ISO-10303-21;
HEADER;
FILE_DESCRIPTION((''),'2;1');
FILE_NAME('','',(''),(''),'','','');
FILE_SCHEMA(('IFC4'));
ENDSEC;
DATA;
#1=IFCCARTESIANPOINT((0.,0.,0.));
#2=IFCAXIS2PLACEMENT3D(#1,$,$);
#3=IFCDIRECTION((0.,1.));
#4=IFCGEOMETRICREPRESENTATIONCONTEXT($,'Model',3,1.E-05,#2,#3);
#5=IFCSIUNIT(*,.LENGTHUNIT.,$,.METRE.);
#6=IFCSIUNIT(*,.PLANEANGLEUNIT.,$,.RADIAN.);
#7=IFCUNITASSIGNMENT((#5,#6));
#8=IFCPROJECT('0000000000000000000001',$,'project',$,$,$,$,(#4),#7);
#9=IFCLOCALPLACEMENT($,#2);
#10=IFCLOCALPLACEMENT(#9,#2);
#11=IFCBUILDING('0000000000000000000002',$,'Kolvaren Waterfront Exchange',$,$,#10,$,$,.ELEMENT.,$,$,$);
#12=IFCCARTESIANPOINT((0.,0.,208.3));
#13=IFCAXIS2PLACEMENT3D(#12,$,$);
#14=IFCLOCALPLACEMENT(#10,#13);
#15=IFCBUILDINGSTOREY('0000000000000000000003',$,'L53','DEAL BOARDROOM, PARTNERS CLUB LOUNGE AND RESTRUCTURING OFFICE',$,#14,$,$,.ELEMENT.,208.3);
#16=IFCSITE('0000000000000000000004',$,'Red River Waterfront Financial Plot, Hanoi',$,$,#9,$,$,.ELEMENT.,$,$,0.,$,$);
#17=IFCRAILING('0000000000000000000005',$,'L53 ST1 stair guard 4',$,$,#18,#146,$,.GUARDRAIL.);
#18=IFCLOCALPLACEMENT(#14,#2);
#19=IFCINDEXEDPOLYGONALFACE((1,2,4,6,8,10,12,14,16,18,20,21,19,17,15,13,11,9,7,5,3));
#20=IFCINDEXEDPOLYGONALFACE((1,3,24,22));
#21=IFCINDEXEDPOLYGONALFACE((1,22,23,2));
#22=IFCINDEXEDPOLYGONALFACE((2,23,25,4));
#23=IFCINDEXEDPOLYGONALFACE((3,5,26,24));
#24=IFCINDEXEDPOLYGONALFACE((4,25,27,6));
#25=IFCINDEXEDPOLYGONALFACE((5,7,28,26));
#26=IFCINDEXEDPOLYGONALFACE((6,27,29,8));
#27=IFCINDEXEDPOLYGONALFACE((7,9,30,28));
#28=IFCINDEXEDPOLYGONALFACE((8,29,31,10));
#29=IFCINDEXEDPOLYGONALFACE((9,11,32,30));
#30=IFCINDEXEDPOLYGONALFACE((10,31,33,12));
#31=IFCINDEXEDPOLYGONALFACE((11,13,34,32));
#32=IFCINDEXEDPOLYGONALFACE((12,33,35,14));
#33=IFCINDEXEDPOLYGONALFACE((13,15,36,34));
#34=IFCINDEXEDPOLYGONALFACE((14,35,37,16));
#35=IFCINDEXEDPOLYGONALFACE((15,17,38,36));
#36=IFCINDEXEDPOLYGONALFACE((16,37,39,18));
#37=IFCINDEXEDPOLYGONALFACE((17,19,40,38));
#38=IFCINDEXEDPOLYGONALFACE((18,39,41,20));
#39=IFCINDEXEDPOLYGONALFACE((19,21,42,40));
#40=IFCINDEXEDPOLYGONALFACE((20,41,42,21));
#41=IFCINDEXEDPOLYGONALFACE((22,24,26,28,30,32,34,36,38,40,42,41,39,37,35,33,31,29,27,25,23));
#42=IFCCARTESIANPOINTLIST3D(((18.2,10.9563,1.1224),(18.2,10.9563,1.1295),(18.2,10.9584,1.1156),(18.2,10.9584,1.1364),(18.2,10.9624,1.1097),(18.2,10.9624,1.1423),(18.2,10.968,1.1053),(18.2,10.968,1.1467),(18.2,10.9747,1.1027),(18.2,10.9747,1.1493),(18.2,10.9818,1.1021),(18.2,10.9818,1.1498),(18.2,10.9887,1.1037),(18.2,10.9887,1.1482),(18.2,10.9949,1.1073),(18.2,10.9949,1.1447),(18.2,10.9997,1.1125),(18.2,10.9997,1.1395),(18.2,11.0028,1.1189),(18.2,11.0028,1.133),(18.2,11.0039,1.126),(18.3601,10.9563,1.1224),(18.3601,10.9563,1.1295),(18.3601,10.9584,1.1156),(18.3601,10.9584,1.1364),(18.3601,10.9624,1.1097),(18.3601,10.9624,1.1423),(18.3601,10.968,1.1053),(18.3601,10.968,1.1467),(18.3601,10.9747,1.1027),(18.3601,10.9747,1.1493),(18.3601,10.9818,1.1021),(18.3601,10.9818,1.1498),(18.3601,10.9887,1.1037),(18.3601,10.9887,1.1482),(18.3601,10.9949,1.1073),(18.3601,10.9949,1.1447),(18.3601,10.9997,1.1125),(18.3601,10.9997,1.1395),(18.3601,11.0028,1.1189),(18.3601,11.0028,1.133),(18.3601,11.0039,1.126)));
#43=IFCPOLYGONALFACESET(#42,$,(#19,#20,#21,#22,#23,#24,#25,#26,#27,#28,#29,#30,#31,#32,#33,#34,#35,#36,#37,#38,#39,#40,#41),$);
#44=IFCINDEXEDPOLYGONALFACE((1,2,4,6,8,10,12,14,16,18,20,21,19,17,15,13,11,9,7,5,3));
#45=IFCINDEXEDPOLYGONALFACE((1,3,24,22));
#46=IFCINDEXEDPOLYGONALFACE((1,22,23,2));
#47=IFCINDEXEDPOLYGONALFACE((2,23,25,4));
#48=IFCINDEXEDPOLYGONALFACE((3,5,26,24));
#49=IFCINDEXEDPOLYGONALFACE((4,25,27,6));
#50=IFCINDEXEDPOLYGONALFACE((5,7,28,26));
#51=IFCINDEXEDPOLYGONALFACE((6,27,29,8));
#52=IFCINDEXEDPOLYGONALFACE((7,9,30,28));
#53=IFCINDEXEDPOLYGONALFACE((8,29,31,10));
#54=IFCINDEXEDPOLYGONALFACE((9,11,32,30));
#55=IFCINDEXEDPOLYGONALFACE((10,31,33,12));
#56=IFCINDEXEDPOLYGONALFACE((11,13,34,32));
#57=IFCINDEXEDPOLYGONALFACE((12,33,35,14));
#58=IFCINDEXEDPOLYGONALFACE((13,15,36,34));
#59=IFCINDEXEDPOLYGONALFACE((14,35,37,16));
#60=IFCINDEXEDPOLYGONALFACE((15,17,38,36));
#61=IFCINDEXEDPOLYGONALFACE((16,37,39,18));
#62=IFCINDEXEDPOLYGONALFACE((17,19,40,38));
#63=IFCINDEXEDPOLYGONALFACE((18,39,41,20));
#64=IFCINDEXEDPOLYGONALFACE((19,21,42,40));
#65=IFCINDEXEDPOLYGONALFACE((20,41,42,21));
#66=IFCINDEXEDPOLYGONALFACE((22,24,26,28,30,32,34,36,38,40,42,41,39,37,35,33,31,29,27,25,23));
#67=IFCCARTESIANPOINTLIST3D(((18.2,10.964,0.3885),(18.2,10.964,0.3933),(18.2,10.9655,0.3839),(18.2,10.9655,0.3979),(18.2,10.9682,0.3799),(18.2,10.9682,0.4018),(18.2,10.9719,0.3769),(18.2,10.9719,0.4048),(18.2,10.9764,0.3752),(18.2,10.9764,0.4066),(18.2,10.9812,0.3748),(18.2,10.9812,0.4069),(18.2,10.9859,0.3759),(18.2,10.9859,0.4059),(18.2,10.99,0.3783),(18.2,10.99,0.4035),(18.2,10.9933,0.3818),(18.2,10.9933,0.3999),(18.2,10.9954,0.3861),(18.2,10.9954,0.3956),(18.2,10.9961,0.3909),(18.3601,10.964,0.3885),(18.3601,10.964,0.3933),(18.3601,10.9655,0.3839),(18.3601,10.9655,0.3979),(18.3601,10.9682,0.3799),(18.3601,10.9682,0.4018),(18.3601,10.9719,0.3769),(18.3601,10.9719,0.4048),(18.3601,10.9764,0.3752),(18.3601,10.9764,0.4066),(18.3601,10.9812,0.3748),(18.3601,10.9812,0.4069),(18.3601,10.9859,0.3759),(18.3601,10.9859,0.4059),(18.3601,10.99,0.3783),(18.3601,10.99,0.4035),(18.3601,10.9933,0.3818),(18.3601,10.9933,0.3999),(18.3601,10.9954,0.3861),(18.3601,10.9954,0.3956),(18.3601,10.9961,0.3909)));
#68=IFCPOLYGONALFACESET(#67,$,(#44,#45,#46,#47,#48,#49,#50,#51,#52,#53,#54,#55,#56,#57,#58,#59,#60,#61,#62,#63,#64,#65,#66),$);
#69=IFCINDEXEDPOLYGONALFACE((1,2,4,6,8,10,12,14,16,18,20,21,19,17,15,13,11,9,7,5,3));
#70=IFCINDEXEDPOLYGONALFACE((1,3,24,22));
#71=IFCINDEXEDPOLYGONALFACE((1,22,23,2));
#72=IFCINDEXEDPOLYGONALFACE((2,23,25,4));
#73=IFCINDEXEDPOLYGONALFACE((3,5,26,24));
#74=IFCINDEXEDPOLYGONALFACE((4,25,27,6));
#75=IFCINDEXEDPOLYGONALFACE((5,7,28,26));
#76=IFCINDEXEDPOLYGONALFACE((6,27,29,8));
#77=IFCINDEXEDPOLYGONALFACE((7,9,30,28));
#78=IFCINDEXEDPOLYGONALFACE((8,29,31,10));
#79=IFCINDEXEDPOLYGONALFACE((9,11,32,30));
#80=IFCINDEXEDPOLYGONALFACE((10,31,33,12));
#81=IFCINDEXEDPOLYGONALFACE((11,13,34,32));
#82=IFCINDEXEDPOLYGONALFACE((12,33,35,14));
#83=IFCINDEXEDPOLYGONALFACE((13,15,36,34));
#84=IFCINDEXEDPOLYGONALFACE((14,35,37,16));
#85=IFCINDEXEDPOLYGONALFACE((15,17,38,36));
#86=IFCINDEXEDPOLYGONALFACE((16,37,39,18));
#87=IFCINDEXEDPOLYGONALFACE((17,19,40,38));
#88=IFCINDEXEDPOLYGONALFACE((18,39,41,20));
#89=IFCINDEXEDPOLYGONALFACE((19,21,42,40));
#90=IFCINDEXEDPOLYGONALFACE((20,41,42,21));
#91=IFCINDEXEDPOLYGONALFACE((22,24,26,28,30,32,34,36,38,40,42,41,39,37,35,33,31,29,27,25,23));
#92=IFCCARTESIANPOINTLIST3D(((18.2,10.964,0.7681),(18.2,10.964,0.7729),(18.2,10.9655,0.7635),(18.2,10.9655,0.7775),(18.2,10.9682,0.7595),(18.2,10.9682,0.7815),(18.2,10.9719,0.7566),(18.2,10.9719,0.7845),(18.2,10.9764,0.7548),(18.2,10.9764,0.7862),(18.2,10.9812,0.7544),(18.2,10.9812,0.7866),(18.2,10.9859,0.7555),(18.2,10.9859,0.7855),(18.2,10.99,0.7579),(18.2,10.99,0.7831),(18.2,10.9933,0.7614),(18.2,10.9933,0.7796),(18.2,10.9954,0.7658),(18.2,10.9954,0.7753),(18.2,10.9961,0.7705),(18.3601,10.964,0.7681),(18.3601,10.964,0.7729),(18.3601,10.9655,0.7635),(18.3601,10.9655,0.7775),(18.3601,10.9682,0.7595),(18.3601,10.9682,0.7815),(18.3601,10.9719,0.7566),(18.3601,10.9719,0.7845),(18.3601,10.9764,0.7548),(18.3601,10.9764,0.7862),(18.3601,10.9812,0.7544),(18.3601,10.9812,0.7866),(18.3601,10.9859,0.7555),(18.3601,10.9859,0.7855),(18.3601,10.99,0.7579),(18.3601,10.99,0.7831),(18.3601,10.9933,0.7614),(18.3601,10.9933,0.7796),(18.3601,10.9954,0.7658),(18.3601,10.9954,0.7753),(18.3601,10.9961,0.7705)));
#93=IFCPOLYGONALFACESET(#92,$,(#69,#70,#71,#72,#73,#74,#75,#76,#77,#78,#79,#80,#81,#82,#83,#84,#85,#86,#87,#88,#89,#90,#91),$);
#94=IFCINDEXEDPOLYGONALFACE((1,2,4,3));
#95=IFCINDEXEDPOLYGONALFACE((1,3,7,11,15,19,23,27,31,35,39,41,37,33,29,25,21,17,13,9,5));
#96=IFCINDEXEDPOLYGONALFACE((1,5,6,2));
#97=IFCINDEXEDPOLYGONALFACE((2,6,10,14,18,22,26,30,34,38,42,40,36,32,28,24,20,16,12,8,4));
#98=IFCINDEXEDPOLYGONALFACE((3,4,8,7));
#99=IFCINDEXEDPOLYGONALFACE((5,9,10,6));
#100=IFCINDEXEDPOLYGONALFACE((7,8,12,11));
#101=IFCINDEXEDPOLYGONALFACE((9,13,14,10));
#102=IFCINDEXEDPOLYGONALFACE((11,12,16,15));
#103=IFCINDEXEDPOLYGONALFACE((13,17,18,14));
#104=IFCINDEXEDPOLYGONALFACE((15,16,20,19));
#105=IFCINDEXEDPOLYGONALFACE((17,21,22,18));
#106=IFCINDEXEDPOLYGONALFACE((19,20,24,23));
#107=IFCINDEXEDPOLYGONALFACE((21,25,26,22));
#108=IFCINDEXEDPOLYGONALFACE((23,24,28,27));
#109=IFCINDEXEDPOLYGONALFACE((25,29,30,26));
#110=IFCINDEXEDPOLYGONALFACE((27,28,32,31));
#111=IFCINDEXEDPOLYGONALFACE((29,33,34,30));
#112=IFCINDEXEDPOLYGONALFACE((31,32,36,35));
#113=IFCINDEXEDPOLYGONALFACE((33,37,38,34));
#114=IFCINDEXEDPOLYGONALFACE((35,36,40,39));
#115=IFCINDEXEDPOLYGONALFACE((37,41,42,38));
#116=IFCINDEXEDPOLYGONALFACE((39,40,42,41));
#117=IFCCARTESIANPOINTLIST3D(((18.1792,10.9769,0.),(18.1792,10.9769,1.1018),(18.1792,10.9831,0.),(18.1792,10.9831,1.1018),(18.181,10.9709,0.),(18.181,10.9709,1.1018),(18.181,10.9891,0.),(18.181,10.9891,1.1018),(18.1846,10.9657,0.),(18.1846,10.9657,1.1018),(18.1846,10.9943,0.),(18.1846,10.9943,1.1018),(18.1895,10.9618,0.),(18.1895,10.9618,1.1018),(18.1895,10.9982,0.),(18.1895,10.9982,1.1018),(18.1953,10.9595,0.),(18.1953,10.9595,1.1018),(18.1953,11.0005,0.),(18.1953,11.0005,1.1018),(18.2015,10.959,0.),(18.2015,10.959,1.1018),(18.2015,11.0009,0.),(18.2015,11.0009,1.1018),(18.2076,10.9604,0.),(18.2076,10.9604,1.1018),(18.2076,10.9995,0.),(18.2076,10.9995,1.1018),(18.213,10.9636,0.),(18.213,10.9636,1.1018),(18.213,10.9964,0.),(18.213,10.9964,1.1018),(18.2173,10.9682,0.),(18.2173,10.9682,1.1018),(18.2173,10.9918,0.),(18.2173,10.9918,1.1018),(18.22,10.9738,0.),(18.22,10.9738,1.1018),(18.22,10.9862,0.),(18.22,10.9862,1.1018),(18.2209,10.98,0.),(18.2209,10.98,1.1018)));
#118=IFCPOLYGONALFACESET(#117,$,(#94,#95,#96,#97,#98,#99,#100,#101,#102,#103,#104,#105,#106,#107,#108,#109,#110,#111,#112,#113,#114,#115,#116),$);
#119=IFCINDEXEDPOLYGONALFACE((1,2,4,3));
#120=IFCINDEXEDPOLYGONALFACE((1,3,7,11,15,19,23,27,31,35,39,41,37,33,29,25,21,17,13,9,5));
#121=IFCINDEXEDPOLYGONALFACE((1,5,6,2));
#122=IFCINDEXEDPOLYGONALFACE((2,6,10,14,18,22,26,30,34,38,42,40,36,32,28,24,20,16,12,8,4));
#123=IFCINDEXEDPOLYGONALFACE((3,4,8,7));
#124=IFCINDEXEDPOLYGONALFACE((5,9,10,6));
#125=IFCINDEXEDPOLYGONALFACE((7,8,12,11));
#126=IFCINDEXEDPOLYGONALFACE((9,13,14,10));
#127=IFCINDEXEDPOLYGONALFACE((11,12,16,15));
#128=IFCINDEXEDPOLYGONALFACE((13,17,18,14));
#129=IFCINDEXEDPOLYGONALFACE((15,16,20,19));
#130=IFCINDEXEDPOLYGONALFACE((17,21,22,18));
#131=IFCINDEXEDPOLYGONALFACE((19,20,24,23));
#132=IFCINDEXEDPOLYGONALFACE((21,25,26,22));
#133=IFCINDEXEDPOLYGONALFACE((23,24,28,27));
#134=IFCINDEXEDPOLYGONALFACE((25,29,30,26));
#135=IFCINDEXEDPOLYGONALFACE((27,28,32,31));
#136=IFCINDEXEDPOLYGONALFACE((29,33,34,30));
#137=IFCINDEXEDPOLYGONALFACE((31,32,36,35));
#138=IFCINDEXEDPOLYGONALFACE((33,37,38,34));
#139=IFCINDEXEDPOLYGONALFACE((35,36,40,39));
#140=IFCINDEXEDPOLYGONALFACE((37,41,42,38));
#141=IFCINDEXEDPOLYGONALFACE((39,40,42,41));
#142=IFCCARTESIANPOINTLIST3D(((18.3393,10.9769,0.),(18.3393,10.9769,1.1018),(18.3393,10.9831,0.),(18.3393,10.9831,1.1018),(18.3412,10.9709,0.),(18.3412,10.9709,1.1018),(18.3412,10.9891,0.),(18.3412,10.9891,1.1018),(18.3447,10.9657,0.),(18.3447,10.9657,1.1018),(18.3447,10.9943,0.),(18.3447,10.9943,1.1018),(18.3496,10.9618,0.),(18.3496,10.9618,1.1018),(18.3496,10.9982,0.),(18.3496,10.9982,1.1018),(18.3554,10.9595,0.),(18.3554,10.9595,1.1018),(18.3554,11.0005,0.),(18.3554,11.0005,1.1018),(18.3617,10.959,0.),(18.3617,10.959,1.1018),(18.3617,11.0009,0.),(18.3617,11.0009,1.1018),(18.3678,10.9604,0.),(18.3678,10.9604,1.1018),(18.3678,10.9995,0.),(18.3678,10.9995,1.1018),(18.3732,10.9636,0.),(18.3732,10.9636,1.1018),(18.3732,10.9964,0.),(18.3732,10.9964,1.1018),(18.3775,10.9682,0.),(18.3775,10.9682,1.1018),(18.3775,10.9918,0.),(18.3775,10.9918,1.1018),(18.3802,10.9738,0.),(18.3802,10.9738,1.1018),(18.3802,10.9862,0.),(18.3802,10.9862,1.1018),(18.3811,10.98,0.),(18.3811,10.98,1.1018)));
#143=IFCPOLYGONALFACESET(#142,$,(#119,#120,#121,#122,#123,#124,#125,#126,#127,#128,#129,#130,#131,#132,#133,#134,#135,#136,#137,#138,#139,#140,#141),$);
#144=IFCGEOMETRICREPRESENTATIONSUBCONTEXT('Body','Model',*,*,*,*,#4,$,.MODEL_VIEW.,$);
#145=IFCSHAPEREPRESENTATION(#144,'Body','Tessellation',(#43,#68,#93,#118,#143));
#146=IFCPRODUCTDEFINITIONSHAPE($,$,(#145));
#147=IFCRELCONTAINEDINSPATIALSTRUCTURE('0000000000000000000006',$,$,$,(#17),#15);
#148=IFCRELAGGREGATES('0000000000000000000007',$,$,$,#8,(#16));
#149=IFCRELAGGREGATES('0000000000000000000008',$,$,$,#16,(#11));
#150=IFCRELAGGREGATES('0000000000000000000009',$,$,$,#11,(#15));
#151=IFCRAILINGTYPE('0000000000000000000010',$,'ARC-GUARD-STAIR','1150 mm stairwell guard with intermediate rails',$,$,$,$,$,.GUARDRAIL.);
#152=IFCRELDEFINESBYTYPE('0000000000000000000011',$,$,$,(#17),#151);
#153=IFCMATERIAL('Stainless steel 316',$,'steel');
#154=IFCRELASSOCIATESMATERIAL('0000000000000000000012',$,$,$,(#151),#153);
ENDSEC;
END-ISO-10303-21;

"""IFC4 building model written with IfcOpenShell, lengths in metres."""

from ifc_helpers import new_model, si_unit, direction, frame, origin, origin_2d, place, context, subcontext, project, spatial, circle, extrude, material, type_object, element, save


model = new_model("IFC4")

# Units and contexts
model_context = context("Model", 3, precision=1e-05, world=origin(), true_north=direction((0.0, 1.0)))
body_context = subcontext(model_context, "Body", "Model", "MODEL_VIEW")
ifc_project = project(units=[si_unit("LENGTHUNIT", "METRE"), si_unit("PLANEANGLEUNIT", "RADIAN")], contexts=[model_context])

# Site, building, storey
site_placement = place(None, origin())
site = spatial("IfcSite", under=ifc_project, at=site_placement, Name="Red River Waterfront Financial Plot, Hanoi", CompositionType="ELEMENT", RefElevation=0.0)
building_placement = place(site_placement, origin())
building = spatial("IfcBuilding", under=site, at=building_placement, Name="Kolvaren Waterfront Exchange", CompositionType="ELEMENT")
storey_placement = place(building_placement, frame((0.0, 0.0, 208.3)))
storey = spatial("IfcBuildingStorey", under=building, at=storey_placement, Name="L53", Description="DEAL BOARDROOM, PARTNERS CLUB LOUNGE AND RESTRUCTURING OFFICE", CompositionType="ELEMENT", Elevation=208.3)

# Railing
ifc_material_1 = material(Name="Stainless steel 316", Category="steel")
railing_type_1 = type_object("IfcRailingType", Name="ARC-GUARD-STAIR", Description="1150 mm stairwell guard with intermediate rails", PredefinedType="GUARDRAIL", material=ifc_material_1)
railing_1_placement = place(storey_placement, frame((18.2, 10.98, 0.0)))
element("IfcRailing", 1, at=railing_1_placement, inside=storey, type_object=railing_type_1, Name="L53 ST1 stair guard 4", PredefinedType="GUARDRAIL", context=body_context, shape_type="SweptSolid", body=[
    extrude(circle(Radius=0.0239, at=origin_2d()), frame((0.0, 0.0, 1.126), z_axis=(1.0, 0.0, 0.0), x_axis=(0.0, 1.0, 0.0)), (0.0, 0.0, 1.0), 0.1602),
    extrude(circle(Radius=0.0161, at=origin_2d()), frame((0.0, 0.0, 0.3909), z_axis=(1.0, 0.0, 0.0), x_axis=(0.0, 1.0, 0.0)), (0.0, 0.0, 1.0), 0.1602),
    extrude(circle(Radius=0.0161, at=origin_2d()), frame((0.0, 0.0, 0.7705), z_axis=(1.0, 0.0, 0.0), x_axis=(0.0, 1.0, 0.0)), (0.0, 0.0, 1.0), 0.1602),
    extrude(circle(Radius=0.021, at=origin_2d()), origin(), (0.0, 0.0, 1.0), 1.1018),
    extrude(circle(Radius=0.021, at=origin_2d()), frame((0.1602, 0.0, 0.0)), (0.0, 0.0, 1.0), 1.1018),
])

save(model, "model.ifc")
